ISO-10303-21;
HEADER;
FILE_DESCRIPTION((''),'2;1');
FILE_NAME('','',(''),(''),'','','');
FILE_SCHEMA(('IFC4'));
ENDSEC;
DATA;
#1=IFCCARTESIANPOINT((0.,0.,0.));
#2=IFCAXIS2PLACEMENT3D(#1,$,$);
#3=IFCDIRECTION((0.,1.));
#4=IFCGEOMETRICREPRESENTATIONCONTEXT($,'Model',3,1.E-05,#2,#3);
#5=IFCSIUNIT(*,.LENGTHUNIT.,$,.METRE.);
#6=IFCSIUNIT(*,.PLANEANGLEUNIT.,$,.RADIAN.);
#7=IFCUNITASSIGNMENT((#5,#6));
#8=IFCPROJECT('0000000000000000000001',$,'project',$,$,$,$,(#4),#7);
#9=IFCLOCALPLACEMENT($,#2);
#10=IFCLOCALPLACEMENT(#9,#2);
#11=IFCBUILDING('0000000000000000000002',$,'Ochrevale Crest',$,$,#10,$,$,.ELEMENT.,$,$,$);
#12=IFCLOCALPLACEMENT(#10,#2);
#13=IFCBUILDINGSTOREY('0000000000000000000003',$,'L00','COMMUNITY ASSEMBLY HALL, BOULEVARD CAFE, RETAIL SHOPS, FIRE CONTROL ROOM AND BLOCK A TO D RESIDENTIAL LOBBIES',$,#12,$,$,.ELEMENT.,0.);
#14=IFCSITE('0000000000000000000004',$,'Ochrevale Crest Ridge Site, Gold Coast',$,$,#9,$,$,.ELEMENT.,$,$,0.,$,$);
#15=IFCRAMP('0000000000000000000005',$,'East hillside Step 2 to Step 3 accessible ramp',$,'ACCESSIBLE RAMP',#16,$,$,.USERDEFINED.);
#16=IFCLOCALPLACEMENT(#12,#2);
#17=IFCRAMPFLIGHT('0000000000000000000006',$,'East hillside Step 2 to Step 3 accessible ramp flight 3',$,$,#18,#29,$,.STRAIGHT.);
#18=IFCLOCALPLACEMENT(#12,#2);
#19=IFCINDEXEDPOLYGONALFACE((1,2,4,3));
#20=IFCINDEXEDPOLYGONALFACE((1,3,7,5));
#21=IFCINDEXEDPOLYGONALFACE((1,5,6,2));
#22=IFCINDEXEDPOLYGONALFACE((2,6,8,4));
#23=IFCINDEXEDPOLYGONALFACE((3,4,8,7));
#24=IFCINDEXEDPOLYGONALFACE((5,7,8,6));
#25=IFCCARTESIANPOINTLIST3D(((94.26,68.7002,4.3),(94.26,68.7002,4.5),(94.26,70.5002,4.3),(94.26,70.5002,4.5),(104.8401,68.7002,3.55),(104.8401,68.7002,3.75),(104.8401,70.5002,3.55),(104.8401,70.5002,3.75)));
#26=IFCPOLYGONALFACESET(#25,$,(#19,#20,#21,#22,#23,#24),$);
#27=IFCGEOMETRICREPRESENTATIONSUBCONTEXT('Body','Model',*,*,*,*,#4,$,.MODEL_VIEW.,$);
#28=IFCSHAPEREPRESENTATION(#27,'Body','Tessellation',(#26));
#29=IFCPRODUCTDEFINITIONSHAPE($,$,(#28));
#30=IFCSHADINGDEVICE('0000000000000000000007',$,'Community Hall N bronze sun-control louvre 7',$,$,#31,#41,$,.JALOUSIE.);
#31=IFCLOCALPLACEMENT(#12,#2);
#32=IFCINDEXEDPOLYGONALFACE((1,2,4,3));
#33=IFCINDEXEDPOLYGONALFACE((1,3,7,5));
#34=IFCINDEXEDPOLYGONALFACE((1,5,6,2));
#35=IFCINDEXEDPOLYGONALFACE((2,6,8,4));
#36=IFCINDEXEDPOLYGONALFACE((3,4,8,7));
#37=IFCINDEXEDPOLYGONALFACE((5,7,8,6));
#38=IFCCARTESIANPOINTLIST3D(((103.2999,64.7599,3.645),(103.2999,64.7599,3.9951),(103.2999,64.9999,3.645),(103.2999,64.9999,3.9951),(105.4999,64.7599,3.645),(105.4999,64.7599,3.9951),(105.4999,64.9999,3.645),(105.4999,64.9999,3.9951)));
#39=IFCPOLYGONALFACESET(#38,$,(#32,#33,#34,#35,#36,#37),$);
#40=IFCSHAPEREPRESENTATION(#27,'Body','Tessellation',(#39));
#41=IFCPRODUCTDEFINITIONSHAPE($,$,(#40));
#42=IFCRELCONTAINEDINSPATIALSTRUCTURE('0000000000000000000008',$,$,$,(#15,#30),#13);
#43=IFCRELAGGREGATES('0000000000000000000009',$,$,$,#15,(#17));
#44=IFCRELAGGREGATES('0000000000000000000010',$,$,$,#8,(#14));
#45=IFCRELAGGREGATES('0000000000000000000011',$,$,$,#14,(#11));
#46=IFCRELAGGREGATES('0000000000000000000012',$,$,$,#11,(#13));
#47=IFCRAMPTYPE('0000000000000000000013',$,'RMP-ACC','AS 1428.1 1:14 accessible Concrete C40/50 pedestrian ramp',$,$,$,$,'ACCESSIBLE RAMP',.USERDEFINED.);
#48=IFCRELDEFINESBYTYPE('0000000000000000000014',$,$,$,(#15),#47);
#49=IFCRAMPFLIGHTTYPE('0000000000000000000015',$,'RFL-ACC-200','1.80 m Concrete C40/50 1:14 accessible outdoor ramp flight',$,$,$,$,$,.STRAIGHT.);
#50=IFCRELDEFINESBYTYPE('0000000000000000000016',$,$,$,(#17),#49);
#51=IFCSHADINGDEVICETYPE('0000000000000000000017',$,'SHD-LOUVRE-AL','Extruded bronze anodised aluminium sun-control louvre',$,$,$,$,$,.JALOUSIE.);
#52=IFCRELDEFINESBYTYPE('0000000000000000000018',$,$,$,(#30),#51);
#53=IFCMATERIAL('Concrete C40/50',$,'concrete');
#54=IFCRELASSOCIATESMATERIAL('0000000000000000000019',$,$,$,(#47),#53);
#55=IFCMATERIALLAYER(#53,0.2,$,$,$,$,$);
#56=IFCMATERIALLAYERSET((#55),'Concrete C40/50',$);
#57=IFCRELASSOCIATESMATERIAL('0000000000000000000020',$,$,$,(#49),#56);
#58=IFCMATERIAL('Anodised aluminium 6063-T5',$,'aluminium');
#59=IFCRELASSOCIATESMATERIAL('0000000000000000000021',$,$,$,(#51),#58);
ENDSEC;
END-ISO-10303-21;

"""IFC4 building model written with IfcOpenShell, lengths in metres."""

from ifc_helpers import new_model, si_unit, direction, frame, origin, origin_2d, place, context, subcontext, project, spatial, polyline, rectangle, outline, extrude, material, layer, layer_set, type_object, element, aggregate, save


model = new_model("IFC4")

# Units and contexts
model_context = context("Model", 3, precision=1e-05, world=origin(), true_north=direction((0.0, 1.0)))
body_context = subcontext(model_context, "Body", "Model", "MODEL_VIEW")
ifc_project = project(units=[si_unit("LENGTHUNIT", "METRE"), si_unit("PLANEANGLEUNIT", "RADIAN")], contexts=[model_context])

# Site, building, storey
site_placement = place(None, origin())
site = spatial("IfcSite", under=ifc_project, at=site_placement, Name="Ochrevale Crest Ridge Site, Gold Coast", CompositionType="ELEMENT", RefElevation=0.0)
building_placement = place(site_placement, origin())
building = spatial("IfcBuilding", under=site, at=building_placement, Name="Ochrevale Crest", CompositionType="ELEMENT")
storey_placement = place(building_placement, origin())
storey = spatial("IfcBuildingStorey", under=building, at=storey_placement, Name="L00", Description="COMMUNITY ASSEMBLY HALL, BOULEVARD CAFE, RETAIL SHOPS, FIRE CONTROL ROOM AND BLOCK A TO D RESIDENTIAL LOBBIES", CompositionType="ELEMENT", Elevation=0.0)

# Shared definitions
ifc_material_1 = material(Name="Concrete C40/50", Category="concrete")

# Ramp, ramp flight
ramp_type = type_object("IfcRampType", Name="RMP-ACC", Description="AS 1428.1 1:14 accessible Concrete C40/50 pedestrian ramp", ElementType="ACCESSIBLE RAMP", PredefinedType="USERDEFINED", material=ifc_material_1)
ramp_placement = place(storey_placement, origin())
ramp = element("IfcRamp", 1, at=ramp_placement, inside=storey, type_object=ramp_type, Name="East hillside Step 2 to Step 3 accessible ramp", ObjectType="ACCESSIBLE RAMP", PredefinedType="USERDEFINED")
ifc_layer_1 = layer(ifc_material_1, 0.2)
ifc_layer_set_1 = layer_set([ifc_layer_1], Name="Concrete C40/50")
ramp_flight_type = type_object("IfcRampFlightType", Name="RFL-ACC-200", Description="1.80 m Concrete C40/50 1:14 accessible outdoor ramp flight", PredefinedType="STRAIGHT", material=ifc_layer_set_1)
ramp_flight_placement = place(storey_placement, frame((104.8401, 69.6001, 3.75), z_axis=(0.0, 0.0, 1.0), x_axis=(-1.0, 0.0, 0.0)))
ramp_flight = element("IfcRampFlight", 2, at=ramp_flight_placement, type_object=ramp_flight_type, Name="East hillside Step 2 to Step 3 accessible ramp flight 3", PredefinedType="STRAIGHT", context=body_context, shape_type="SweptSolid", body=[
    extrude(outline(polyline([(0.0, -0.2), (10.5801, 0.55), (10.5801, 0.75), (0.0, 0.0), (0.0, -0.2)])), frame((0.0, 0.8999, 0.0), z_axis=(0.0, -1.0, 0.0), x_axis=(1.0, 0.0, 0.0)), (0.0, 0.0, 1.0), 1.8),
])
aggregate(ramp, [ramp_flight])

# Shading device
ifc_material_2 = material(Name="Anodised aluminium 6063-T5", Category="aluminium")
shading_device_type = type_object("IfcShadingDeviceType", Name="SHD-LOUVRE-AL", Description="Extruded bronze anodised aluminium sun-control louvre", PredefinedType="JALOUSIE", material=ifc_material_2)
shading_device_placement = place(storey_placement, frame((104.3999, 64.8799, 3.645), z_axis=(0.0, 0.0, 1.0), x_axis=(1.0, 0.0, 0.0)))
element("IfcShadingDevice", 3, at=shading_device_placement, inside=storey, type_object=shading_device_type, Name="Community Hall N bronze sun-control louvre 7", PredefinedType="JALOUSIE", context=body_context, shape_type="SweptSolid", body=[
    extrude(rectangle(XDim=2.2, YDim=0.24, at=origin_2d()), origin(), (0.0, 0.0, 1.0), 0.3501),
])

save(model, "model.ifc")
